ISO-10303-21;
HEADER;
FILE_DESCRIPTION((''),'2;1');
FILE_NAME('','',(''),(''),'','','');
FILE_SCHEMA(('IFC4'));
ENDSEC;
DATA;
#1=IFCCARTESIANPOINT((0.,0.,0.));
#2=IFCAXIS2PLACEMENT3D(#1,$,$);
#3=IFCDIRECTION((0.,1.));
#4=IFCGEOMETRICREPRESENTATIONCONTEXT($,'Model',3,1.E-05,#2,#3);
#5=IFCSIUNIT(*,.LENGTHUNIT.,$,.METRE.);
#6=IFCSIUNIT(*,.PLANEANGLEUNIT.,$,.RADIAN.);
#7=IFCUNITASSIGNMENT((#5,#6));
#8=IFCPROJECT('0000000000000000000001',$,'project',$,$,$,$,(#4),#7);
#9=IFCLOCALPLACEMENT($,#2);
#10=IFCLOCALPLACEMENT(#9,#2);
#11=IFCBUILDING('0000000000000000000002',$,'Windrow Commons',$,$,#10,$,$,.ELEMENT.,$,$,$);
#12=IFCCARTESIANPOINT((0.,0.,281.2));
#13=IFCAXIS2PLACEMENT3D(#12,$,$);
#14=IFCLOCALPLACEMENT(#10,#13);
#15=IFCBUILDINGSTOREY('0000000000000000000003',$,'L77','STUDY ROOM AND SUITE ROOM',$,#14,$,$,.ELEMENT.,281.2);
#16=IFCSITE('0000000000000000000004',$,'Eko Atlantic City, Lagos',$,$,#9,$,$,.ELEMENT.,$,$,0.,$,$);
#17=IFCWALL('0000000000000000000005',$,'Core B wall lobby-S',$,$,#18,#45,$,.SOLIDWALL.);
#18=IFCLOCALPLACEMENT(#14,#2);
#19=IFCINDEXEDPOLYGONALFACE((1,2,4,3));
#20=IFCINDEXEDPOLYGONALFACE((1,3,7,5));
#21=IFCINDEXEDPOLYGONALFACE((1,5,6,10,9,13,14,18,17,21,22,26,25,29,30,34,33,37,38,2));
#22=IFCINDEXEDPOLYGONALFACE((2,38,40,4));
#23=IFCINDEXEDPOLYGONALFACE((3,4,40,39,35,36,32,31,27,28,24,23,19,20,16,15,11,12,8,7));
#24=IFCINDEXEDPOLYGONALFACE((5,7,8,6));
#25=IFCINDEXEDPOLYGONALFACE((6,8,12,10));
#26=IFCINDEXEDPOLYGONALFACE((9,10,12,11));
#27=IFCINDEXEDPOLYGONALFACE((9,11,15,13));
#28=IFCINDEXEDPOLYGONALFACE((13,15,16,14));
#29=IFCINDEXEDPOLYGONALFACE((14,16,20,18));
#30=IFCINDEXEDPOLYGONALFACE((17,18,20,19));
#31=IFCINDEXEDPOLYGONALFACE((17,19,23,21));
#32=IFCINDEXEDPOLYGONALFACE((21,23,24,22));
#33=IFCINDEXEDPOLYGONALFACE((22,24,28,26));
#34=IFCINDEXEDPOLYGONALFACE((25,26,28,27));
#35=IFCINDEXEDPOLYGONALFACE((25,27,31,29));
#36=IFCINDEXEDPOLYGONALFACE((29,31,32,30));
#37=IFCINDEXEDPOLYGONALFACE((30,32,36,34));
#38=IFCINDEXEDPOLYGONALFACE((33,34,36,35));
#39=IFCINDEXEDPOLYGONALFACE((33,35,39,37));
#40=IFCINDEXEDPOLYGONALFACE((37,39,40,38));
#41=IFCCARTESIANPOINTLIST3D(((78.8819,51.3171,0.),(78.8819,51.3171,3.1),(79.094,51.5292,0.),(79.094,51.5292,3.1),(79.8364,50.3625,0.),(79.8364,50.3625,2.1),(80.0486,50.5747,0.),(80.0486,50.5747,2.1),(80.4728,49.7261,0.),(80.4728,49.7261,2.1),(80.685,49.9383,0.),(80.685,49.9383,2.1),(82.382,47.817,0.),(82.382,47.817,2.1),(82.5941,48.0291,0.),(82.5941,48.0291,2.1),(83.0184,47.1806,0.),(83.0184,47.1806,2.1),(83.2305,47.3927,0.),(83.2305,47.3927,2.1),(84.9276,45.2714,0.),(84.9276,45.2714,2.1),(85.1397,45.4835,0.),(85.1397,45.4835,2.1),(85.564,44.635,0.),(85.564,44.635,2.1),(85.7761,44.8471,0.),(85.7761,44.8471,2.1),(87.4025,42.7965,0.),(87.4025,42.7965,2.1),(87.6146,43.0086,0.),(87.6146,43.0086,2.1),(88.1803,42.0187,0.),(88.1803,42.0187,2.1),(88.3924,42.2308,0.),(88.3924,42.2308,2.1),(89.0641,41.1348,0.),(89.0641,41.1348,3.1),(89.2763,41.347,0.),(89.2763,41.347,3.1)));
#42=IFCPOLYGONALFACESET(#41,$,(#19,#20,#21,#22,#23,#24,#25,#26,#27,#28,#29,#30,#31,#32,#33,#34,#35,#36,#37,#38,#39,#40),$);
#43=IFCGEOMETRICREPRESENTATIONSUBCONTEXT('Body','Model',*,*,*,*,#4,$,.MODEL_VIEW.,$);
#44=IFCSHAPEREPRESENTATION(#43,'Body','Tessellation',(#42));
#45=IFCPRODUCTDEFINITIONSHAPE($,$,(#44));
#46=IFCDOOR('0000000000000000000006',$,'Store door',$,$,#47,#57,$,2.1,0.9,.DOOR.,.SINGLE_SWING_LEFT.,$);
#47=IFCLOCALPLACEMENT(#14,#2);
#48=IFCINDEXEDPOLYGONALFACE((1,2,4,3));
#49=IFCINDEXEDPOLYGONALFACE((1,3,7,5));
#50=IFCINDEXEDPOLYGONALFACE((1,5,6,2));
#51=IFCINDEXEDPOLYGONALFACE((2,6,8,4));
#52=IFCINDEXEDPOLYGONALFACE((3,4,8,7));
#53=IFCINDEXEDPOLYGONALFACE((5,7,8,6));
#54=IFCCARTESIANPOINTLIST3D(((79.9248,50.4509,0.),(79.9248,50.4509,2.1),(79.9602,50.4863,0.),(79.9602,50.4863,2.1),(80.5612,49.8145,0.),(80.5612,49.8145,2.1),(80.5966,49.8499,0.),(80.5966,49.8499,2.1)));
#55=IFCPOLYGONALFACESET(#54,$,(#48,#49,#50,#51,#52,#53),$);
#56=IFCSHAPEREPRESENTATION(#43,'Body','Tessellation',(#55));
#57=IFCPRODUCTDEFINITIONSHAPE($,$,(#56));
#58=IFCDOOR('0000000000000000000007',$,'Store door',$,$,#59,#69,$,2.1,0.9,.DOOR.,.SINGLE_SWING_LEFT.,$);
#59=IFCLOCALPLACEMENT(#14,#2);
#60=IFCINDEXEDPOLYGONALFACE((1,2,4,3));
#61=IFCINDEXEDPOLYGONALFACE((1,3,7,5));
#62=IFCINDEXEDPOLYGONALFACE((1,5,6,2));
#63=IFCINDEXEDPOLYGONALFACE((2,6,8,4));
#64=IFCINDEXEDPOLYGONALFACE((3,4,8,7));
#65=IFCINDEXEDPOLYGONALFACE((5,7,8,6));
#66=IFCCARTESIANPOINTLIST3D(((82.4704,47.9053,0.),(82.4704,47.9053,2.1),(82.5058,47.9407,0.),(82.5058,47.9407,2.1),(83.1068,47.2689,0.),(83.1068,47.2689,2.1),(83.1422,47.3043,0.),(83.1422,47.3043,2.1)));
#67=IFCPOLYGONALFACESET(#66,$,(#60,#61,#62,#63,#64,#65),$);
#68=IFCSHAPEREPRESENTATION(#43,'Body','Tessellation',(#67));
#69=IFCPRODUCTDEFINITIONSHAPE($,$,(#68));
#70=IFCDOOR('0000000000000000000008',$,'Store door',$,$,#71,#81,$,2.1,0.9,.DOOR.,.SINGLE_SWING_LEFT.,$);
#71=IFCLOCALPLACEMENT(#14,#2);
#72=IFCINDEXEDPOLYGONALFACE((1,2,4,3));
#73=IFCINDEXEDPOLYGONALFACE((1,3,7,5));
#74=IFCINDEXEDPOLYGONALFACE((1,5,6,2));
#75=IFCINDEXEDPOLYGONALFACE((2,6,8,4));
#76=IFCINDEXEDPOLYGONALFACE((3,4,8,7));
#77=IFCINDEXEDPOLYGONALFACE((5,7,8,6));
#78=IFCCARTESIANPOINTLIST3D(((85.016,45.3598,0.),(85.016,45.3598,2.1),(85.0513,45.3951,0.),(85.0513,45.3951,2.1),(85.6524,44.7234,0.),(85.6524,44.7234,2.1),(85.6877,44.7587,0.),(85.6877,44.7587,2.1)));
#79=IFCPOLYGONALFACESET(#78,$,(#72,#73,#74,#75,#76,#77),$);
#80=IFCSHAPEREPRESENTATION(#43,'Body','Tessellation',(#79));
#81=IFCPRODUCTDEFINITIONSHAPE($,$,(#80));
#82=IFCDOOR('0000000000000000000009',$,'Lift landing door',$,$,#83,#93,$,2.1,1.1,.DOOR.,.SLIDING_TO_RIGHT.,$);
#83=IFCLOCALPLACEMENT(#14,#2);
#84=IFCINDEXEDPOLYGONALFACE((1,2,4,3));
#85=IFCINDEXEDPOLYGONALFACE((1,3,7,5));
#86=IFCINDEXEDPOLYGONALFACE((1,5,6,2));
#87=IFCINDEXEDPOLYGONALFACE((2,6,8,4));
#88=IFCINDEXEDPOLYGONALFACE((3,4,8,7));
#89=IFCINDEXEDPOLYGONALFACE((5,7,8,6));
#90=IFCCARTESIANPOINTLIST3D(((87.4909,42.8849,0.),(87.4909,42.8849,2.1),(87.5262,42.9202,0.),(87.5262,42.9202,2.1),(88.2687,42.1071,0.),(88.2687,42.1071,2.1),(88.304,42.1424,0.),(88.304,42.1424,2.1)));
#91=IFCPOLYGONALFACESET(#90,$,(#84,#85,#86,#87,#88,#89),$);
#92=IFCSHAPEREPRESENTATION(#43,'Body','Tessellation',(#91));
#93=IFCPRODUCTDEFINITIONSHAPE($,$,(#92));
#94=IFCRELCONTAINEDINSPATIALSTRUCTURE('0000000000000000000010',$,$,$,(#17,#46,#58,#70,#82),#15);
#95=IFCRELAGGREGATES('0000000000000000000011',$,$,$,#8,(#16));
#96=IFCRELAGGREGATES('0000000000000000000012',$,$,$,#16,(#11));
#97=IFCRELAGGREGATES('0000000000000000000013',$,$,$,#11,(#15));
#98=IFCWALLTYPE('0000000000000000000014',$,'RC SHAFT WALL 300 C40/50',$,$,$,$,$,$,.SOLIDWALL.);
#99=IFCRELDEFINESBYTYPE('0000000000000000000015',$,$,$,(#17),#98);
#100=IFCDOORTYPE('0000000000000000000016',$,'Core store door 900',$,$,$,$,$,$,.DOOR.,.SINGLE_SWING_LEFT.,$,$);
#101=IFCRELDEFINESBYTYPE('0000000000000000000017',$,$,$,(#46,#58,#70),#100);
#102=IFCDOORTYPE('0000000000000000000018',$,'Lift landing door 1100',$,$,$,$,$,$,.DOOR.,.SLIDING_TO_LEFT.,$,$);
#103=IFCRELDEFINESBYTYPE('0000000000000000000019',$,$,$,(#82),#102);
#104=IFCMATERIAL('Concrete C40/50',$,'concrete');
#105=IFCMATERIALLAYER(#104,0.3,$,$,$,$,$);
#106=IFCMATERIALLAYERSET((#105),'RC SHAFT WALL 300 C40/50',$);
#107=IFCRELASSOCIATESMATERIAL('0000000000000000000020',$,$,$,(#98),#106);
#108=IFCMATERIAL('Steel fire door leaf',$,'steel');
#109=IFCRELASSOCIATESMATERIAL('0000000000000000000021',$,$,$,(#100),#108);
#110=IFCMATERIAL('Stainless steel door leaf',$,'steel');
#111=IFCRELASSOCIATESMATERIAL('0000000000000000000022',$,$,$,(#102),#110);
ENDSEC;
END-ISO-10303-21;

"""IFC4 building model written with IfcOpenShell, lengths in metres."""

from ifc_helpers import new_model, si_unit, direction, frame, frame_2d, origin, place, context, subcontext, project, spatial, rectangle, extrude, material, layer, layer_set, type_object, element, fill, save


model = new_model("IFC4")

# Units and contexts
model_context = context("Model", 3, precision=1e-05, world=origin(), true_north=direction((0.0, 1.0)))
body_context = subcontext(model_context, "Body", "Model", "MODEL_VIEW")
ifc_project = project(units=[si_unit("LENGTHUNIT", "METRE"), si_unit("PLANEANGLEUNIT", "RADIAN")], contexts=[model_context])

# Site, building, storey
site_placement = place(None, origin())
site = spatial("IfcSite", under=ifc_project, at=site_placement, Name="Eko Atlantic City, Lagos", CompositionType="ELEMENT", RefElevation=0.0)
building_placement = place(site_placement, origin())
building = spatial("IfcBuilding", under=site, at=building_placement, Name="Windrow Commons", CompositionType="ELEMENT")
storey_placement = place(building_placement, frame((0.0, 0.0, 281.2)))
storey = spatial("IfcBuildingStorey", under=building, at=storey_placement, Name="L77", Description="STUDY ROOM AND SUITE ROOM", CompositionType="ELEMENT", Elevation=281.2)

# Shared definitions
ifc_material_1 = material(Name="Concrete C40/50", Category="concrete")
ifc_layer_1 = layer(ifc_material_1, 0.3)
ifc_layer_set_1 = layer_set([ifc_layer_1], Name="RC SHAFT WALL 300 C40/50")
wall_type_1 = type_object("IfcWallType", Name="RC SHAFT WALL 300 C40/50", PredefinedType="SOLIDWALL", material=ifc_layer_set_1)

# Wall, openings, doors
wall_1_placement = place(storey_placement, frame((78.9879, 51.4232, 0.0), z_axis=(0.0, 0.0, 1.0), x_axis=(0.707107, -0.707107, 0.0)))
wall_1 = element("IfcWall", 1, at=wall_1_placement, inside=storey, type_object=wall_type_1, Name="Core B wall lobby-S", PredefinedType="SOLIDWALL", context=body_context, shape_type="SweptSolid", body=[
    extrude(rectangle(XDim=14.3999, YDim=0.3, at=frame_2d((7.2, 0.0))), origin(), (0.0, 0.0, 1.0), 3.1),
])
opening_1_placement = place(wall_1_placement, frame((1.35, 0.0, 0.0)))
opening_1 = element("IfcOpeningElement", 2, at=opening_1_placement, cuts=wall_1, PredefinedType="OPENING", context=body_context, shape_type="SweptSolid", body=[
    extrude(rectangle(XDim=0.9, YDim=2.1, at=frame_2d((0.45, 1.05))), frame((0.0, 0.16, 0.0), z_axis=(0.0, -1.0, 0.0), x_axis=(1.0, 0.0, 0.0)), (0.0, 0.0, 1.0), 0.32),
])
opening_2_placement = place(wall_1_placement, frame((4.95, 0.0, 0.0)))
opening_2 = element("IfcOpeningElement", 3, at=opening_2_placement, cuts=wall_1, PredefinedType="OPENING", context=body_context, shape_type="SweptSolid", body=[
    extrude(rectangle(XDim=0.9, YDim=2.1, at=frame_2d((0.45, 1.05))), frame((0.0, 0.16, 0.0), z_axis=(0.0, -1.0, 0.0), x_axis=(1.0, 0.0, 0.0)), (0.0, 0.0, 1.0), 0.32),
])
opening_3_placement = place(wall_1_placement, frame((8.55, 0.0, 0.0)))
opening_3 = element("IfcOpeningElement", 4, at=opening_3_placement, cuts=wall_1, PredefinedType="OPENING", context=body_context, shape_type="SweptSolid", body=[
    extrude(rectangle(XDim=0.9, YDim=2.1, at=frame_2d((0.45, 1.05))), frame((0.0, 0.16, 0.0), z_axis=(0.0, -1.0, 0.0), x_axis=(1.0, 0.0, 0.0)), (0.0, 0.0, 1.0), 0.32),
])
opening_4_placement = place(wall_1_placement, frame((12.05, 0.0, 0.0)))
opening_4 = element("IfcOpeningElement", 5, at=opening_4_placement, cuts=wall_1, PredefinedType="OPENING", context=body_context, shape_type="SweptSolid", body=[
    extrude(rectangle(XDim=1.1, YDim=2.1, at=frame_2d((0.55, 1.05))), frame((0.0, 0.16, 0.0), z_axis=(0.0, -1.0, 0.0), x_axis=(1.0, 0.0, 0.0)), (0.0, 0.0, 1.0), 0.32),
])
ifc_material_2 = material(Name="Steel fire door leaf", Category="steel")
door_type_1 = type_object("IfcDoorType", Name="Core store door 900", OperationType="SINGLE_SWING_LEFT", PredefinedType="DOOR", material=ifc_material_2)
door_1_placement = place(opening_1_placement, origin())
door_1 = element("IfcDoor", 6, at=door_1_placement, inside=storey, type_object=door_type_1, Name="Store door", OperationType="SINGLE_SWING_LEFT", OverallHeight=2.1, OverallWidth=0.9, PredefinedType="DOOR", context=body_context, shape_type="SweptSolid", body=[
    extrude(rectangle(XDim=0.9, YDim=2.1, at=frame_2d((0.45, 1.05))), frame((0.0, 0.025, 0.0), z_axis=(0.0, -1.0, 0.0), x_axis=(1.0, 0.0, 0.0)), (0.0, 0.0, 1.0), 0.05),
])
fill(opening_1, door_1)
door_2_placement = place(opening_2_placement, origin())
door_2 = element("IfcDoor", 7, at=door_2_placement, inside=storey, type_object=door_type_1, Name="Store door", OperationType="SINGLE_SWING_LEFT", OverallHeight=2.1, OverallWidth=0.9, PredefinedType="DOOR", context=body_context, shape_type="SweptSolid", body=[
    extrude(rectangle(XDim=0.9, YDim=2.1, at=frame_2d((0.45, 1.05))), frame((0.0, 0.025, 0.0), z_axis=(0.0, -1.0, 0.0), x_axis=(1.0, 0.0, 0.0)), (0.0, 0.0, 1.0), 0.05),
])
fill(opening_2, door_2)
door_3_placement = place(opening_3_placement, origin())
door_3 = element("IfcDoor", 8, at=door_3_placement, inside=storey, type_object=door_type_1, Name="Store door", OperationType="SINGLE_SWING_LEFT", OverallHeight=2.1, OverallWidth=0.9, PredefinedType="DOOR", context=body_context, shape_type="SweptSolid", body=[
    extrude(rectangle(XDim=0.9, YDim=2.1, at=frame_2d((0.45, 1.05))), frame((0.0, 0.025, 0.0), z_axis=(0.0, -1.0, 0.0), x_axis=(1.0, 0.0, 0.0)), (0.0, 0.0, 1.0), 0.05),
])
fill(opening_3, door_3)
ifc_material_3 = material(Name="Stainless steel door leaf", Category="steel")
door_type_2 = type_object("IfcDoorType", Name="Lift landing door 1100", OperationType="SLIDING_TO_LEFT", PredefinedType="DOOR", material=ifc_material_3)
door_4_placement = place(opening_4_placement, origin())
door_4 = element("IfcDoor", 9, at=door_4_placement, inside=storey, type_object=door_type_2, Name="Lift landing door", OperationType="SLIDING_TO_RIGHT", OverallHeight=2.1, OverallWidth=1.1, PredefinedType="DOOR", context=body_context, shape_type="SweptSolid", body=[
    extrude(rectangle(XDim=1.1, YDim=2.1, at=frame_2d((0.55, 1.05))), frame((0.0, 0.025, 0.0), z_axis=(0.0, -1.0, 0.0), x_axis=(1.0, 0.0, 0.0)), (0.0, 0.0, 1.0), 0.05),
])
fill(opening_4, door_4)

save(model, "model.ifc")
